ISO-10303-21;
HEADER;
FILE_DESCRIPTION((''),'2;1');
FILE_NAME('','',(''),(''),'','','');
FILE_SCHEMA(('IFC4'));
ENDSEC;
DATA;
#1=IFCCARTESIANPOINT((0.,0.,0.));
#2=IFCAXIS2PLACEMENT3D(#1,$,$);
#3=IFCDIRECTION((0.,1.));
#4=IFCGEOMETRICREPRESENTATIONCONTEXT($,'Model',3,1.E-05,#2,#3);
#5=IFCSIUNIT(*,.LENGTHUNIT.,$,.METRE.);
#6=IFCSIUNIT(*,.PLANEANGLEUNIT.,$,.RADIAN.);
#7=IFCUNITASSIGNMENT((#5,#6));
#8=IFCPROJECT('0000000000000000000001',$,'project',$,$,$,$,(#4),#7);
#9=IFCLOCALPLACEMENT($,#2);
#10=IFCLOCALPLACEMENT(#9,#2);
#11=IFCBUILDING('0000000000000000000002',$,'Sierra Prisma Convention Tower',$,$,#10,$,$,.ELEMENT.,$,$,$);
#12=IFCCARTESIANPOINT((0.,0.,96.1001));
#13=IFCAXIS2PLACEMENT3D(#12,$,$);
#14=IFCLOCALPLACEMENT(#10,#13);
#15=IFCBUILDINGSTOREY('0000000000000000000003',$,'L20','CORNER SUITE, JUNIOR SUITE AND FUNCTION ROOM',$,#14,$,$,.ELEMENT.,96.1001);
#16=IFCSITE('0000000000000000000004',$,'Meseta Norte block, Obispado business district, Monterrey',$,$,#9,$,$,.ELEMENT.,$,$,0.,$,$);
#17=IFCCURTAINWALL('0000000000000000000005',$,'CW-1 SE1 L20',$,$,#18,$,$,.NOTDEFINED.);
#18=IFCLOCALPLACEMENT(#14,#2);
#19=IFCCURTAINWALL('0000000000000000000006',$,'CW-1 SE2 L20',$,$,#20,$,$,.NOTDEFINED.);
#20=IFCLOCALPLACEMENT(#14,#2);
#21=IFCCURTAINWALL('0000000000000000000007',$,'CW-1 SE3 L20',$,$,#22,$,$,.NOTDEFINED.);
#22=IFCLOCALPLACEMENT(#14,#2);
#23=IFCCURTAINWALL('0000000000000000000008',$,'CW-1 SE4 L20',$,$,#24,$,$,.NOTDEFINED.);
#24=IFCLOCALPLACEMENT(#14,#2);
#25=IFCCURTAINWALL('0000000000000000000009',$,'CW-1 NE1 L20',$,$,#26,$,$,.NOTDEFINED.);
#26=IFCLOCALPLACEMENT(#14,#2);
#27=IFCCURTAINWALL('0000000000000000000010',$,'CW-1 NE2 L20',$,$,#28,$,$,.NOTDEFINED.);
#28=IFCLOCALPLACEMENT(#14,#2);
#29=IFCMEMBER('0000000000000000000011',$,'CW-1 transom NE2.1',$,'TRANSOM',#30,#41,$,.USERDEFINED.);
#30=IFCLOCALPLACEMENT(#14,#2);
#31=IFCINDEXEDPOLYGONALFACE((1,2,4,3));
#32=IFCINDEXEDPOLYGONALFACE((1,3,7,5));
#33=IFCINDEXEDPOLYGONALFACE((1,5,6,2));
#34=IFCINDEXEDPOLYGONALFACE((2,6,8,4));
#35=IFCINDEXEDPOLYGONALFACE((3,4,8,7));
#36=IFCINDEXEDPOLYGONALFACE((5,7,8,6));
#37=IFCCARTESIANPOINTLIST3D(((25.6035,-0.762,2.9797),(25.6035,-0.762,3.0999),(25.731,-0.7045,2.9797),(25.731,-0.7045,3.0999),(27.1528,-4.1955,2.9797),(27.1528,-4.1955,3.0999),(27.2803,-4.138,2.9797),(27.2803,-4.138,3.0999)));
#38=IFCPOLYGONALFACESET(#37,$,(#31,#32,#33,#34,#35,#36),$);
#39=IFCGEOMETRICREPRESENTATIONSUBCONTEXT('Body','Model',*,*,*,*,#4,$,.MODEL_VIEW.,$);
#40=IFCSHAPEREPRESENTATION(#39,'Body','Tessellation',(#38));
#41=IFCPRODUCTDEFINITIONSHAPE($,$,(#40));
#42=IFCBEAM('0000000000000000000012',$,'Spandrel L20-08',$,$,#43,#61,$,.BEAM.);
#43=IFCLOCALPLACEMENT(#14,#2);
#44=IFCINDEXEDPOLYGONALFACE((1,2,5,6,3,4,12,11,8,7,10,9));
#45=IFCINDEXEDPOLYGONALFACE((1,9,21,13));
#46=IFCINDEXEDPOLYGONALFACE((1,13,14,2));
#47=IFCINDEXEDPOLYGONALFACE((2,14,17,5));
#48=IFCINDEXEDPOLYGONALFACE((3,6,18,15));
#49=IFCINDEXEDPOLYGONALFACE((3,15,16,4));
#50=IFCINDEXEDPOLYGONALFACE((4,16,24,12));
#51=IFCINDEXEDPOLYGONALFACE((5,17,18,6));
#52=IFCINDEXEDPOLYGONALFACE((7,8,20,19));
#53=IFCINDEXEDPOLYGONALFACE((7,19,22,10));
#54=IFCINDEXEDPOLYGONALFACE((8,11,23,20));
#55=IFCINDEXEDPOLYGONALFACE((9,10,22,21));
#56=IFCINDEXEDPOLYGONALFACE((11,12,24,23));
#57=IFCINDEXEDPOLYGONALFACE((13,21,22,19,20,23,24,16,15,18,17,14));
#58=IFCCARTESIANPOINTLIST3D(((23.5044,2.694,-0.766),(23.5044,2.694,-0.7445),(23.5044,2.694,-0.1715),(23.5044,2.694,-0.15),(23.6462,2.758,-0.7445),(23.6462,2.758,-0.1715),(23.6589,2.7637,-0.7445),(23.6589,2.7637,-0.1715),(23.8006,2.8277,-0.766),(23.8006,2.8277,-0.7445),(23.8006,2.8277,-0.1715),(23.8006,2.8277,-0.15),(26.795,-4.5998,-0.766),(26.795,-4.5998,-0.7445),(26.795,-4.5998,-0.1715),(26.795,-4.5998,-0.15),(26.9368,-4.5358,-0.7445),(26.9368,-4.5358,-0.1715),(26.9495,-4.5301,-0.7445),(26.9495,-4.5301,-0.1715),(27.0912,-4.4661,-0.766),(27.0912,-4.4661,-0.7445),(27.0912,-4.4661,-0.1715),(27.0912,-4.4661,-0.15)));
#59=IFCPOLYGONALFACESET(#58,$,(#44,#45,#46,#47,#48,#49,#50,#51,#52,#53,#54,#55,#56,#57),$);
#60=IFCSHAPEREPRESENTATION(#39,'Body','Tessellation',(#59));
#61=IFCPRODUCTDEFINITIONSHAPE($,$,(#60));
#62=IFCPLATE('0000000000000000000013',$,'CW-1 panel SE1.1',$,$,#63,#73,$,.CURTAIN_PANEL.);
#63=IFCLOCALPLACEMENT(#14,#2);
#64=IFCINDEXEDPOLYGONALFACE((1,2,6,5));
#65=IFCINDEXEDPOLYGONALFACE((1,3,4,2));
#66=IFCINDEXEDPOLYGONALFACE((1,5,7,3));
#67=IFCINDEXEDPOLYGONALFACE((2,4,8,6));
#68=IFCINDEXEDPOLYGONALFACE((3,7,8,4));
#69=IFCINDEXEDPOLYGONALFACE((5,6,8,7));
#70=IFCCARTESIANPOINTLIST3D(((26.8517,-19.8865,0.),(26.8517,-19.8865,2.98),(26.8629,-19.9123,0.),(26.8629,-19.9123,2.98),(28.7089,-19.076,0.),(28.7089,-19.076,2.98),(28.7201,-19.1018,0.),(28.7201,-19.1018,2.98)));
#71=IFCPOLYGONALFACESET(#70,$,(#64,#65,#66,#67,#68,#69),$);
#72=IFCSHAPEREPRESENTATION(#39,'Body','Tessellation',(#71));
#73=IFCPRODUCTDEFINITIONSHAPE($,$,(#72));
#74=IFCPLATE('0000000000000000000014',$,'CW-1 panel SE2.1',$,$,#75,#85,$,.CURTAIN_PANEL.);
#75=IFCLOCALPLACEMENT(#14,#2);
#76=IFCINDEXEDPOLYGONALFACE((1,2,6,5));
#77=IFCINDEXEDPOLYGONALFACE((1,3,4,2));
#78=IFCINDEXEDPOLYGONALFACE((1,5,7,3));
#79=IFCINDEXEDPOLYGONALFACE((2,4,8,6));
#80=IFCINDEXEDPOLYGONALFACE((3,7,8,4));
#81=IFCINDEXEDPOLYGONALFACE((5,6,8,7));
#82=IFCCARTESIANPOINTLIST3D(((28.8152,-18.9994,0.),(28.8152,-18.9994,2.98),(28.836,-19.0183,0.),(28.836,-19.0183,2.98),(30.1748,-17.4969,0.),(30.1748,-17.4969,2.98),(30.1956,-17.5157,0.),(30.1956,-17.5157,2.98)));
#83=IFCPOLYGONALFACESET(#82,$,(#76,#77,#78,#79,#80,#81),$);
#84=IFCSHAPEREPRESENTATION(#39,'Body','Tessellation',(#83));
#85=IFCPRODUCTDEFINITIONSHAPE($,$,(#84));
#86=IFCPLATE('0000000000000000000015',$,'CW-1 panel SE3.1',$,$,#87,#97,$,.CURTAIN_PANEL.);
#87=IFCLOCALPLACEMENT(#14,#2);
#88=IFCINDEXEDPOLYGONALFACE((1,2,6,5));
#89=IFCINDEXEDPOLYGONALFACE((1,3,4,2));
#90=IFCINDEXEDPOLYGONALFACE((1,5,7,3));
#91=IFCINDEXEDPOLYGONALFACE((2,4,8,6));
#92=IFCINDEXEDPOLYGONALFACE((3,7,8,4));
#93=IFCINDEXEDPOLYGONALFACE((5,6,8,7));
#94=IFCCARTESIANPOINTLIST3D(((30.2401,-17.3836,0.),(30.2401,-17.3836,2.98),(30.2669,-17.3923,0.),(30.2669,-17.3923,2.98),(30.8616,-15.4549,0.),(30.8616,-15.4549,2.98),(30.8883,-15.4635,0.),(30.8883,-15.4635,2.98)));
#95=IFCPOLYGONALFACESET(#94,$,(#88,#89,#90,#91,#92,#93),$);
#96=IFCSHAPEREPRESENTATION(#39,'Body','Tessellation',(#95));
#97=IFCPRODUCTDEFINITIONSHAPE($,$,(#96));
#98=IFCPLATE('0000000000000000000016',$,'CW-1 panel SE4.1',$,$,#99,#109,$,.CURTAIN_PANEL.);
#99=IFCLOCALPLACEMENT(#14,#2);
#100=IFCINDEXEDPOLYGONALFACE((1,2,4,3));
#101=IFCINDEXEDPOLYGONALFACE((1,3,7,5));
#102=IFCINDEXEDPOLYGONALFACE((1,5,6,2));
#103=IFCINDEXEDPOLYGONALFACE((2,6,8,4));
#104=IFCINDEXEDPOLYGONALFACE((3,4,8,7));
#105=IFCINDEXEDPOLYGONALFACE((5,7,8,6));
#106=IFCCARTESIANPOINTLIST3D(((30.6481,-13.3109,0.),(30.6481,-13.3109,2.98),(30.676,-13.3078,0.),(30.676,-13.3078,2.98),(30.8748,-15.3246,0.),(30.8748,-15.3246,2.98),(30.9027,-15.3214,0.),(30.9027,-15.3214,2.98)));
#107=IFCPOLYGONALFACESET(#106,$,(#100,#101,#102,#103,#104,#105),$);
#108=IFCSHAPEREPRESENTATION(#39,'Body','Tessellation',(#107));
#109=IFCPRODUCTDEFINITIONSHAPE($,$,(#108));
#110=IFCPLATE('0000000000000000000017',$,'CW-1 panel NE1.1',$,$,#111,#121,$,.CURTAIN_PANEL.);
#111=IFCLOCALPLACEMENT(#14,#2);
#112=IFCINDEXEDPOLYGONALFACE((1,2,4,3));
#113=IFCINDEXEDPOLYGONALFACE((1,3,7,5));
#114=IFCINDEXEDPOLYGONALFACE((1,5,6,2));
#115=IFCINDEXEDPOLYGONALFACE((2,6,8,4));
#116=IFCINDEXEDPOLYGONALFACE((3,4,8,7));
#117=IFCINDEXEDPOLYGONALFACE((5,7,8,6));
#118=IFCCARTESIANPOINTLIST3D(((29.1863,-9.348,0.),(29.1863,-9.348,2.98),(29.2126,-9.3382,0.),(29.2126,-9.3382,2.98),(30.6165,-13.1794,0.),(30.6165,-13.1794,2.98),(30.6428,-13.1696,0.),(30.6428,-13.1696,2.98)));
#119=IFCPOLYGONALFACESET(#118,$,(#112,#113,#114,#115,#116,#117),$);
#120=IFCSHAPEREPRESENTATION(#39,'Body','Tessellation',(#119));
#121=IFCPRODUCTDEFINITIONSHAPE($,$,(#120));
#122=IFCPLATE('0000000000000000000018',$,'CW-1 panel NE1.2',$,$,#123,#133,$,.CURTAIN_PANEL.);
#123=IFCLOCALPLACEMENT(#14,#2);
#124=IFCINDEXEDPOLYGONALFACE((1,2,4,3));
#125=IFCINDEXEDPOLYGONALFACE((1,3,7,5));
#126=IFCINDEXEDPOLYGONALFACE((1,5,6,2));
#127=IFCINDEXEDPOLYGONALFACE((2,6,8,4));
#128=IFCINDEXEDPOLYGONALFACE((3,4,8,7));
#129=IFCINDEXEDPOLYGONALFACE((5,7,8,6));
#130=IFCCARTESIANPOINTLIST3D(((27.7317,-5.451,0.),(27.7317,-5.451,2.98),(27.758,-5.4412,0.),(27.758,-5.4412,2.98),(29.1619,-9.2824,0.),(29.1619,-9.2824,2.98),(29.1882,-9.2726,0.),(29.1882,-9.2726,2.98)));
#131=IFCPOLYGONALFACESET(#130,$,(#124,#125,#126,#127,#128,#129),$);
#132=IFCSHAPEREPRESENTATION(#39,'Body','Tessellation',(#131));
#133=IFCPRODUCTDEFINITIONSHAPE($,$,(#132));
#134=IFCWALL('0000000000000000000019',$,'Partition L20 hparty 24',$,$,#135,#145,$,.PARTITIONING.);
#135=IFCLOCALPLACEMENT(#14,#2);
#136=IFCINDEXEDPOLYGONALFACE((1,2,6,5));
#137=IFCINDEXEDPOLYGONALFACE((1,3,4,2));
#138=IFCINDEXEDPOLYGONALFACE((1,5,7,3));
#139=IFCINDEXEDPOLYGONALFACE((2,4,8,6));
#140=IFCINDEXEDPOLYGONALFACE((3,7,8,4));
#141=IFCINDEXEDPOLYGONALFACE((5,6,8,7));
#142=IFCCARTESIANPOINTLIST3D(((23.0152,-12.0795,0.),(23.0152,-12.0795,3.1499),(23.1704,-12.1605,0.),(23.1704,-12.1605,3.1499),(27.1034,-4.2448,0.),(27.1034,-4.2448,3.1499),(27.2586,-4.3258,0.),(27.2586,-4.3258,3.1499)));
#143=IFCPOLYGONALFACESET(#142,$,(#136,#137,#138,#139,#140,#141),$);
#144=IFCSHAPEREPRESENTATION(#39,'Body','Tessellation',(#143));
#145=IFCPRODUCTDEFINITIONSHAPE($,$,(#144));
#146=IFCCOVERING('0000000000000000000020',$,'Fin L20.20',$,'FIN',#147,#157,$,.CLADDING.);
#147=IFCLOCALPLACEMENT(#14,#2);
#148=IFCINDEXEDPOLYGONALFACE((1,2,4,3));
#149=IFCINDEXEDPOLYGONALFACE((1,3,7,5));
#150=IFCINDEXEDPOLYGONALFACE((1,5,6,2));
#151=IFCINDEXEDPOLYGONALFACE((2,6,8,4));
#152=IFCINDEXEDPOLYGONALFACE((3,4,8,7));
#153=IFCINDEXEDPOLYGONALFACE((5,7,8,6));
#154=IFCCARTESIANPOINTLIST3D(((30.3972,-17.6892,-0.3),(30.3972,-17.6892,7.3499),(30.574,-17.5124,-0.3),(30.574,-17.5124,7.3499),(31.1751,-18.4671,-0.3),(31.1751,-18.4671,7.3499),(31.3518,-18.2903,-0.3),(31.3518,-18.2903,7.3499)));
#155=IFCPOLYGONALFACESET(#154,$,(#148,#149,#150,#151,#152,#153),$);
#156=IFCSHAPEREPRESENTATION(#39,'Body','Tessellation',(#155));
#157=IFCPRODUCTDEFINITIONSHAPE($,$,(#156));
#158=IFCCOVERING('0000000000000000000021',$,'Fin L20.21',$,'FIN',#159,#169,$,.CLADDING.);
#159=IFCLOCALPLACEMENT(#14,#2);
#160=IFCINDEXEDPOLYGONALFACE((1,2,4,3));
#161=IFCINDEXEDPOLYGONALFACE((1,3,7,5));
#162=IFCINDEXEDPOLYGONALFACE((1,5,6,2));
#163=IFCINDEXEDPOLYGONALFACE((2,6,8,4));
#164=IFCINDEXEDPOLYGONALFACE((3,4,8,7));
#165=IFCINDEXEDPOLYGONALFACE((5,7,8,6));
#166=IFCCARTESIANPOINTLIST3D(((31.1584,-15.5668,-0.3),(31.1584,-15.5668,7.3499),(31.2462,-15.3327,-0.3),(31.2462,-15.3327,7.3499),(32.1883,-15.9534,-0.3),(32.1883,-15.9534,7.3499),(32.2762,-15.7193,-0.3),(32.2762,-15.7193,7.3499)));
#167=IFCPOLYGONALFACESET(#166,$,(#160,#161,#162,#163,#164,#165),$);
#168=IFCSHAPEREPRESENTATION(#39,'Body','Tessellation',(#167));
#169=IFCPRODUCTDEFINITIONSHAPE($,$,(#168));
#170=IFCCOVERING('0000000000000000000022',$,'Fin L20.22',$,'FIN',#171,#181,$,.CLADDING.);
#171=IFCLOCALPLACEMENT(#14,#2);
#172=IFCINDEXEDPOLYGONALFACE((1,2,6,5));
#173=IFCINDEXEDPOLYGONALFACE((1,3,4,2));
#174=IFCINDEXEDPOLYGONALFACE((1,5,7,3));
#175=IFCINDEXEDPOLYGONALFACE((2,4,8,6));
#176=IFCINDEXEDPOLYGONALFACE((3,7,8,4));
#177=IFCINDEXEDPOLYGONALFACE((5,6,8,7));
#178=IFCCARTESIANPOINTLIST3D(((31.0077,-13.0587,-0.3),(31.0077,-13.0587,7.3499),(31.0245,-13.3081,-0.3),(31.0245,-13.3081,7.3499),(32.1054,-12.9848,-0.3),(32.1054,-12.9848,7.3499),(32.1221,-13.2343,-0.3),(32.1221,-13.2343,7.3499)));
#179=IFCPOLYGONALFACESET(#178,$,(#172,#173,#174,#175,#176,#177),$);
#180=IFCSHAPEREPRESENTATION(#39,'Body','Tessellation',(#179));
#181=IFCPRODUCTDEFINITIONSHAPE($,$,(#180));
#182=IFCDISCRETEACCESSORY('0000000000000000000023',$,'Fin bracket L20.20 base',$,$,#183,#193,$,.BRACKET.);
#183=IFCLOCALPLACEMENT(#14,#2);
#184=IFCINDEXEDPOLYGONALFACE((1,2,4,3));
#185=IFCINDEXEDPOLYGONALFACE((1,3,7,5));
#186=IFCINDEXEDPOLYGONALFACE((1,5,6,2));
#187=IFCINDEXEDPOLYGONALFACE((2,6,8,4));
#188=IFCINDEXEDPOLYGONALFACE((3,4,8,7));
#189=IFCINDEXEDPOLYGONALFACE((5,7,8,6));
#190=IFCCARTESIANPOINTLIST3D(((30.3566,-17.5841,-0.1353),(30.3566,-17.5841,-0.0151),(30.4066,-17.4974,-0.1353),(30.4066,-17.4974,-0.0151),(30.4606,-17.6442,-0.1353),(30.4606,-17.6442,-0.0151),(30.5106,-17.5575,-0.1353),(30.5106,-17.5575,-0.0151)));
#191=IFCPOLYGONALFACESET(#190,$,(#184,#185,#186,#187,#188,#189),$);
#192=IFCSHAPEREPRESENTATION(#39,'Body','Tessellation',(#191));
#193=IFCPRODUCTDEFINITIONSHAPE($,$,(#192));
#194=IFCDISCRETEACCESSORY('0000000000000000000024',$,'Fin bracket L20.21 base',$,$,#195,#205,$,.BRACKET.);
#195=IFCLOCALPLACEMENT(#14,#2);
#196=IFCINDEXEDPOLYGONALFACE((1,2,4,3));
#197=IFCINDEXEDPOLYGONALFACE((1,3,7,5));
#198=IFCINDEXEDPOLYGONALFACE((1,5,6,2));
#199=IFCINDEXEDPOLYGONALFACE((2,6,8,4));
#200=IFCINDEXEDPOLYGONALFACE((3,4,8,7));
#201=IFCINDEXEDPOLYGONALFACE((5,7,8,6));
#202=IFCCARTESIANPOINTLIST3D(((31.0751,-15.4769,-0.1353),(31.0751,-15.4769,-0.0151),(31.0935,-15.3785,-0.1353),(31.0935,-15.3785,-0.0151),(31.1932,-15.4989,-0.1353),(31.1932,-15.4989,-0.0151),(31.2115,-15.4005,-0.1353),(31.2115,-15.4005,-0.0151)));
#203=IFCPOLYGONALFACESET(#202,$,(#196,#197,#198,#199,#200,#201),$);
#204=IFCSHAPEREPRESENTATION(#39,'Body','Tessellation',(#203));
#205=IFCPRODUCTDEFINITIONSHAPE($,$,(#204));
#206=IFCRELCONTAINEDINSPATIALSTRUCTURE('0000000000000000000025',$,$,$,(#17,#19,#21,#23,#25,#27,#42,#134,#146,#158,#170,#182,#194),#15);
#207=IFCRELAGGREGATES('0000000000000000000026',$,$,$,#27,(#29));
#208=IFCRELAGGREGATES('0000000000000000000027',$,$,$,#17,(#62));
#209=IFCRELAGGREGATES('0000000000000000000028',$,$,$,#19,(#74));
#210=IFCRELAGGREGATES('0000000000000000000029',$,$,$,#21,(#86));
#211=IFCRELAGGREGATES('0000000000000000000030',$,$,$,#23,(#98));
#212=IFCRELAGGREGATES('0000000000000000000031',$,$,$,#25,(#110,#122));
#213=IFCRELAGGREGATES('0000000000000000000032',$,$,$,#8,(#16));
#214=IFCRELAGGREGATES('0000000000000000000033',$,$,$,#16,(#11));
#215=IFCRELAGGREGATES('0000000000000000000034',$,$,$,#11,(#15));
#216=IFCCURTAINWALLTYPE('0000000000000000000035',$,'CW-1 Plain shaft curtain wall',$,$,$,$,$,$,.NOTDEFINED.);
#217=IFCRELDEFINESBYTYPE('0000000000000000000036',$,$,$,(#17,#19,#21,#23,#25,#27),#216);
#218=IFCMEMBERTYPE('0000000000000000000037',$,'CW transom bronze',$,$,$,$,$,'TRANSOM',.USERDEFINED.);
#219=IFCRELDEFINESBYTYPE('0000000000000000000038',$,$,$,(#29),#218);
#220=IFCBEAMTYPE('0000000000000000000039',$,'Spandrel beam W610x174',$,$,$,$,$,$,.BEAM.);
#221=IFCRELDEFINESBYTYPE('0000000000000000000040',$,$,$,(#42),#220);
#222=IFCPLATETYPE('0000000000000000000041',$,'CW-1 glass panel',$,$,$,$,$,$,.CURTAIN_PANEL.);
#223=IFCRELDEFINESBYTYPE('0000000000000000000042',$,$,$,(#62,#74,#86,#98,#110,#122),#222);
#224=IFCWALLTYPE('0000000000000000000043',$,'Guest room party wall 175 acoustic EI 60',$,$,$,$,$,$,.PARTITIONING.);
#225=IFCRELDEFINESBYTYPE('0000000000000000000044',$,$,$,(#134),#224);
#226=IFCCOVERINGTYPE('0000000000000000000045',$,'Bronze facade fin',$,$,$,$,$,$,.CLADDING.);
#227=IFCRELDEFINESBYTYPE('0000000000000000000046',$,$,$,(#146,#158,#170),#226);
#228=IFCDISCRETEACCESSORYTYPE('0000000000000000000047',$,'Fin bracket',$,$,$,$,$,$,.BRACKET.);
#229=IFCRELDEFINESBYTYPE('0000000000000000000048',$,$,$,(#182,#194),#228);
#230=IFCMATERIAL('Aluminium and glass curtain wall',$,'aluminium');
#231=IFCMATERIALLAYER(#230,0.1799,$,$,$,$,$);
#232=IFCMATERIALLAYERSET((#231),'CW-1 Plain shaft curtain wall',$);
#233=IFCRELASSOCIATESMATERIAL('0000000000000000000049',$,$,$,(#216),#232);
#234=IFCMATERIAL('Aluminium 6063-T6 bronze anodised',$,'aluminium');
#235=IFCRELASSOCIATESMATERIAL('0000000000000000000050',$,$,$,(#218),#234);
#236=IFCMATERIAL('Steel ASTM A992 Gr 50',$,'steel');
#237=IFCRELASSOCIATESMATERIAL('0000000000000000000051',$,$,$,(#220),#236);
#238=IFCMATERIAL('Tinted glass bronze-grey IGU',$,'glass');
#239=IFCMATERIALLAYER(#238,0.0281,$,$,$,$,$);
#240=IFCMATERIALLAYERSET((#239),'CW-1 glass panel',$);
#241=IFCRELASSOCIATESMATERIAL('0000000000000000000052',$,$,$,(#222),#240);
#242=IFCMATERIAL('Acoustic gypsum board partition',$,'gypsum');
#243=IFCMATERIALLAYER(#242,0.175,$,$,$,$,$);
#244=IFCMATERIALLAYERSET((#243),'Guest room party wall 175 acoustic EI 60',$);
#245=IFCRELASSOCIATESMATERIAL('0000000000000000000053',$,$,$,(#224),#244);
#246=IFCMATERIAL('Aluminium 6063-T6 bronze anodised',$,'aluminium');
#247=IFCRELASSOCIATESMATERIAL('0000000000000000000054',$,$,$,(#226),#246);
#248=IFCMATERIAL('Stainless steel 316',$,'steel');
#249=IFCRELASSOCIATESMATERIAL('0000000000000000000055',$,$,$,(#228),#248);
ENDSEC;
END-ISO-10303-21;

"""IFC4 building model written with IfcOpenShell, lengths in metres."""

from ifc_helpers import new_model, si_unit, direction, frame, frame_2d, origin, origin_2d, place, context, subcontext, project, spatial, rectangle, i_section, extrude, material, layer, layer_set, material_profile, profile_set, type_object, element, aggregate, save


model = new_model("IFC4")

# Units and contexts
model_context = context("Model", 3, precision=1e-05, world=origin(), true_north=direction((0.0, 1.0)))
body_context = subcontext(model_context, "Body", "Model", "MODEL_VIEW")
ifc_project = project(units=[si_unit("LENGTHUNIT", "METRE"), si_unit("PLANEANGLEUNIT", "RADIAN")], contexts=[model_context])

# Site, building, storey
site_placement = place(None, origin())
site = spatial("IfcSite", under=ifc_project, at=site_placement, Name="Meseta Norte block, Obispado business district, Monterrey", CompositionType="ELEMENT", RefElevation=0.0)
building_placement = place(site_placement, origin())
building = spatial("IfcBuilding", under=site, at=building_placement, Name="Sierra Prisma Convention Tower", CompositionType="ELEMENT")
storey_placement = place(building_placement, frame((0.0, 0.0, 96.1001)))
storey = spatial("IfcBuildingStorey", under=building, at=storey_placement, Name="L20", Description="CORNER SUITE, JUNIOR SUITE AND FUNCTION ROOM", CompositionType="ELEMENT", Elevation=96.1001)

# Curtain walls
ifc_material_1 = material(Name="Aluminium and glass curtain wall", Category="aluminium")
ifc_layer_1 = layer(ifc_material_1, 0.1799)
ifc_layer_set_1 = layer_set([ifc_layer_1], Name="CW-1 Plain shaft curtain wall")
curtain_wall_type = type_object("IfcCurtainWallType", Name="CW-1 Plain shaft curtain wall", PredefinedType="NOTDEFINED", material=ifc_layer_set_1)
curtain_wall_1_placement = place(storey_placement, origin())
curtain_wall_1 = element("IfcCurtainWall", 1, at=curtain_wall_1_placement, inside=storey, type_object=curtain_wall_type, Name="CW-1 SE1 L20", PredefinedType="NOTDEFINED")
curtain_wall_2_placement = place(storey_placement, origin())
curtain_wall_2 = element("IfcCurtainWall", 2, at=curtain_wall_2_placement, inside=storey, type_object=curtain_wall_type, Name="CW-1 SE2 L20", PredefinedType="NOTDEFINED")
curtain_wall_3_placement = place(storey_placement, origin())
curtain_wall_3 = element("IfcCurtainWall", 3, at=curtain_wall_3_placement, inside=storey, type_object=curtain_wall_type, Name="CW-1 SE3 L20", PredefinedType="NOTDEFINED")
curtain_wall_4_placement = place(storey_placement, origin())
curtain_wall_4 = element("IfcCurtainWall", 4, at=curtain_wall_4_placement, inside=storey, type_object=curtain_wall_type, Name="CW-1 SE4 L20", PredefinedType="NOTDEFINED")

# Curtain wall
curtain_wall_5_placement = place(storey_placement, origin())
curtain_wall_5 = element("IfcCurtainWall", 5, at=curtain_wall_5_placement, inside=storey, type_object=curtain_wall_type, Name="CW-1 NE1 L20", PredefinedType="NOTDEFINED")

# Curtain wall
curtain_wall_6_placement = place(storey_placement, origin())
curtain_wall_6 = element("IfcCurtainWall", 6, at=curtain_wall_6_placement, inside=storey, type_object=curtain_wall_type, Name="CW-1 NE2 L20", PredefinedType="NOTDEFINED")

# Member
ifc_material_2 = material(Name="Aluminium 6063-T6 bronze anodised", Category="aluminium")
ifc_material_profile_1 = material_profile(ifc_material_2, rectangle(XDim=0.1399, YDim=0.1201, at=origin_2d()), Name="ALU TRANSOM 120x140")
ifc_profile_set_1 = profile_set([ifc_material_profile_1], Name="Aluminium 6063-T6 bronze anodised")
member_type_1 = type_object("IfcMemberType", Name="CW transom bronze", ElementType="TRANSOM", PredefinedType="USERDEFINED", material=ifc_profile_set_1)
member_1_placement = place(storey_placement, frame((27.2166, -4.1667, 3.0398), z_axis=(-0.411291, 0.911504, 0.0), x_axis=(-0.911504, -0.411291, 0.0)))
member_1 = element("IfcMember", 7, at=member_1_placement, type_object=member_type_1, Name="CW-1 transom NE2.1", ObjectType="TRANSOM", PredefinedType="USERDEFINED", context=body_context, shape_type="SweptSolid", body=[
    extrude(rectangle(XDim=0.1399, YDim=0.1201, at=origin_2d()), origin(), (0.0, 0.0, 1.0), 3.7668),
])
aggregate(curtain_wall_6, [member_1])

# Beam
ifc_material_3 = material(Name="Steel ASTM A992 Gr 50", Category="steel")
ifc_material_profile_2 = material_profile(ifc_material_3, i_section(OverallWidth=0.325, OverallDepth=0.616, WebThickness=0.0139, FlangeThickness=0.0215, at=origin_2d()), Name="W610x174")
ifc_profile_set_2 = profile_set([ifc_material_profile_2], Name="Steel ASTM A992 Gr 50")
beam_type = type_object("IfcBeamType", Name="Spandrel beam W610x174", PredefinedType="BEAM", material=ifc_profile_set_2)
beam_placement = place(storey_placement, frame((26.9431, -4.533, -0.458), z_axis=(-0.411234, 0.91153, 0.0), x_axis=(-0.91153, -0.411234, 0.0)))
element("IfcBeam", 8, at=beam_placement, inside=storey, type_object=beam_type, Name="Spandrel L20-08", PredefinedType="BEAM", context=body_context, shape_type="SweptSolid", body=[
    extrude(i_section(OverallWidth=0.325, OverallDepth=0.616, WebThickness=0.0139, FlangeThickness=0.0215, at=origin_2d()), origin(), (0.0, 0.0, 1.0), 8.0017),
])

# Plates
ifc_material_4 = material(Name="Tinted glass bronze-grey IGU", Category="glass")
ifc_layer_2 = layer(ifc_material_4, 0.0281)
ifc_layer_set_2 = layer_set([ifc_layer_2], Name="CW-1 glass panel")
plate_type = type_object("IfcPlateType", Name="CW-1 glass panel", PredefinedType="CURTAIN_PANEL", material=ifc_layer_set_2)
plate_1_placement = place(storey_placement, frame((27.7859, -19.4941, 0.0), z_axis=(0.0, 0.0, 1.0), x_axis=(0.916526, 0.399976, 0.0)))
plate_1 = element("IfcPlate", 9, at=plate_1_placement, type_object=plate_type, Name="CW-1 panel SE1.1", PredefinedType="CURTAIN_PANEL", context=body_context, shape_type="SweptSolid", body=[
    extrude(rectangle(XDim=2.0264, YDim=0.0281, at=origin_2d()), origin(), (0.0, 0.0, 1.0), 2.98),
])
aggregate(curtain_wall_1, [plate_1])
plate_2_placement = place(storey_placement, frame((29.5054, -18.2576, 0.0), z_axis=(0.0, 0.0, 1.0), x_axis=(0.670959, 0.741495, 0.0)))
plate_2 = element("IfcPlate", 10, at=plate_2_placement, type_object=plate_type, Name="CW-1 panel SE2.1", PredefinedType="CURTAIN_PANEL", context=body_context, shape_type="SweptSolid", body=[
    extrude(rectangle(XDim=2.0264, YDim=0.0281, at=origin_2d()), origin(), (0.0, 0.0, 1.0), 2.98),
])
aggregate(curtain_wall_2, [plate_2])
plate_3_placement = place(storey_placement, frame((30.5642, -16.4236, 0.0), z_axis=(0.0, 0.0, 1.0), x_axis=(0.306674, 0.951815, 0.0)))
plate_3 = element("IfcPlate", 11, at=plate_3_placement, type_object=plate_type, Name="CW-1 panel SE3.1", PredefinedType="CURTAIN_PANEL", context=body_context, shape_type="SweptSolid", body=[
    extrude(rectangle(XDim=2.0264, YDim=0.0281, at=origin_2d()), origin(), (0.0, 0.0, 1.0), 2.98),
])
aggregate(curtain_wall_3, [plate_3])
plate_4_placement = place(storey_placement, frame((30.7754, -14.3162, 0.0), z_axis=(0.0, 0.0, 1.0), x_axis=(-0.111873, 0.993722, 0.0)))
plate_4 = element("IfcPlate", 12, at=plate_4_placement, type_object=plate_type, Name="CW-1 panel SE4.1", PredefinedType="CURTAIN_PANEL", context=body_context, shape_type="SweptSolid", body=[
    extrude(rectangle(XDim=2.0264, YDim=0.0281, at=origin_2d()), origin(), (0.0, 0.0, 1.0), 2.98),
])
aggregate(curtain_wall_4, [plate_4])
plate_5_placement = place(storey_placement, frame((29.9146, -11.2588, 0.0), z_axis=(0.0, 0.0, 1.0), x_axis=(-0.349723, 0.936853, 0.0)))
plate_5 = element("IfcPlate", 13, at=plate_5_placement, type_object=plate_type, Name="CW-1 panel NE1.1", PredefinedType="CURTAIN_PANEL", context=body_context, shape_type="SweptSolid", body=[
    extrude(rectangle(XDim=4.0896, YDim=0.0281, at=origin_2d()), origin(), (0.0, 0.0, 1.0), 2.98),
])
plate_6_placement = place(storey_placement, frame((28.46, -7.3618, 0.0), z_axis=(0.0, 0.0, 1.0), x_axis=(-0.349723, 0.936853, 0.0)))
plate_6 = element("IfcPlate", 14, at=plate_6_placement, type_object=plate_type, Name="CW-1 panel NE1.2", PredefinedType="CURTAIN_PANEL", context=body_context, shape_type="SweptSolid", body=[
    extrude(rectangle(XDim=4.0896, YDim=0.0281, at=origin_2d()), origin(), (0.0, 0.0, 1.0), 2.98),
])
aggregate(curtain_wall_5, [plate_5, plate_6])

# Wall
ifc_material_5 = material(Name="Acoustic gypsum board partition", Category="gypsum")
ifc_layer_3 = layer(ifc_material_5, 0.175)
ifc_layer_set_3 = layer_set([ifc_layer_3], Name="Guest room party wall 175 acoustic EI 60")
wall_type = type_object("IfcWallType", Name="Guest room party wall 175 acoustic EI 60", PredefinedType="PARTITIONING", material=ifc_layer_set_3)
wall_placement = place(storey_placement, frame((27.1809, -4.2854, 0.0), z_axis=(0.0, 0.0, 1.0), x_axis=(-0.462607, -0.886564, 0.0)))
element("IfcWall", 15, at=wall_placement, inside=storey, type_object=wall_type, Name="Partition L20 hparty 24", PredefinedType="PARTITIONING", context=body_context, shape_type="SweptSolid", body=[
    extrude(rectangle(XDim=8.8372, YDim=0.175, at=frame_2d((4.4185, 0.0))), origin(), (0.0, 0.0, 1.0), 3.1499),
])

# Coverings
ifc_material_6 = material(Name="Aluminium 6063-T6 bronze anodised", Category="aluminium")
ifc_material_profile_3 = material_profile(ifc_material_6, rectangle(XDim=1.1001, YDim=0.25, at=origin_2d()), Name="ALU FIN 1100x250")
ifc_profile_set_3 = profile_set([ifc_material_profile_3], Name="Aluminium 6063-T6 bronze anodised")
covering_type = type_object("IfcCoveringType", Name="Bronze facade fin", PredefinedType="CLADDING", material=ifc_profile_set_3)
for number, where, z_axis, x_axis, name in (
    (16, (30.8745, -17.9897, -0.3), (0.0, 0.0, 1.0), (0.707107, -0.707107, 0.0), "Fin L20.20"),
    (17, (31.7173, -15.6431, -0.3), (0.0, 0.0, 1.0), (0.936218, -0.351421, 0.0), "Fin L20.21"),
    (18, (31.5649, -13.1465, -0.3), (0.0, 0.0, 1.0), (0.997741, 0.067171, 0.0), "Fin L20.22"),
):
    element("IfcCovering", number, at=place(storey_placement, frame(where, z_axis=z_axis, x_axis=x_axis)), inside=storey, type_object=covering_type, Name=name, ObjectType="FIN", PredefinedType="CLADDING", context=body_context, shape_type="SweptSolid", body=[
        extrude(rectangle(XDim=1.1001, YDim=0.25, at=origin_2d()), origin(), (0.0, 0.0, 1.0), 7.6499),
    ])

# Discrete accessories
ifc_material_7 = material(Name="Stainless steel 316", Category="steel")
discrete_accessory_type = type_object("IfcDiscreteAccessoryType", Name="Fin bracket", PredefinedType="BRACKET", material=ifc_material_7)
for number, where, z_axis, x_axis, name in (
    (19, (30.4336, -17.5708, -0.1353), (0.0, 0.0, 1.0), (0.866025, -0.5, 0.0), "Fin bracket L20.20 base"),
    (20, (31.1433, -15.4387, -0.1353), (0.0, 0.0, 1.0), (0.983018, -0.183509, 0.0), "Fin bracket L20.21 base"),
):
    element("IfcDiscreteAccessory", number, at=place(storey_placement, frame(where, z_axis=z_axis, x_axis=x_axis)), inside=storey, type_object=discrete_accessory_type, Name=name, PredefinedType="BRACKET", context=body_context, shape_type="SweptSolid", body=[
        extrude(rectangle(XDim=0.1201, YDim=0.1001, at=origin_2d()), origin(), (0.0, 0.0, 1.0), 0.1201),
    ])

save(model, "model.ifc")
